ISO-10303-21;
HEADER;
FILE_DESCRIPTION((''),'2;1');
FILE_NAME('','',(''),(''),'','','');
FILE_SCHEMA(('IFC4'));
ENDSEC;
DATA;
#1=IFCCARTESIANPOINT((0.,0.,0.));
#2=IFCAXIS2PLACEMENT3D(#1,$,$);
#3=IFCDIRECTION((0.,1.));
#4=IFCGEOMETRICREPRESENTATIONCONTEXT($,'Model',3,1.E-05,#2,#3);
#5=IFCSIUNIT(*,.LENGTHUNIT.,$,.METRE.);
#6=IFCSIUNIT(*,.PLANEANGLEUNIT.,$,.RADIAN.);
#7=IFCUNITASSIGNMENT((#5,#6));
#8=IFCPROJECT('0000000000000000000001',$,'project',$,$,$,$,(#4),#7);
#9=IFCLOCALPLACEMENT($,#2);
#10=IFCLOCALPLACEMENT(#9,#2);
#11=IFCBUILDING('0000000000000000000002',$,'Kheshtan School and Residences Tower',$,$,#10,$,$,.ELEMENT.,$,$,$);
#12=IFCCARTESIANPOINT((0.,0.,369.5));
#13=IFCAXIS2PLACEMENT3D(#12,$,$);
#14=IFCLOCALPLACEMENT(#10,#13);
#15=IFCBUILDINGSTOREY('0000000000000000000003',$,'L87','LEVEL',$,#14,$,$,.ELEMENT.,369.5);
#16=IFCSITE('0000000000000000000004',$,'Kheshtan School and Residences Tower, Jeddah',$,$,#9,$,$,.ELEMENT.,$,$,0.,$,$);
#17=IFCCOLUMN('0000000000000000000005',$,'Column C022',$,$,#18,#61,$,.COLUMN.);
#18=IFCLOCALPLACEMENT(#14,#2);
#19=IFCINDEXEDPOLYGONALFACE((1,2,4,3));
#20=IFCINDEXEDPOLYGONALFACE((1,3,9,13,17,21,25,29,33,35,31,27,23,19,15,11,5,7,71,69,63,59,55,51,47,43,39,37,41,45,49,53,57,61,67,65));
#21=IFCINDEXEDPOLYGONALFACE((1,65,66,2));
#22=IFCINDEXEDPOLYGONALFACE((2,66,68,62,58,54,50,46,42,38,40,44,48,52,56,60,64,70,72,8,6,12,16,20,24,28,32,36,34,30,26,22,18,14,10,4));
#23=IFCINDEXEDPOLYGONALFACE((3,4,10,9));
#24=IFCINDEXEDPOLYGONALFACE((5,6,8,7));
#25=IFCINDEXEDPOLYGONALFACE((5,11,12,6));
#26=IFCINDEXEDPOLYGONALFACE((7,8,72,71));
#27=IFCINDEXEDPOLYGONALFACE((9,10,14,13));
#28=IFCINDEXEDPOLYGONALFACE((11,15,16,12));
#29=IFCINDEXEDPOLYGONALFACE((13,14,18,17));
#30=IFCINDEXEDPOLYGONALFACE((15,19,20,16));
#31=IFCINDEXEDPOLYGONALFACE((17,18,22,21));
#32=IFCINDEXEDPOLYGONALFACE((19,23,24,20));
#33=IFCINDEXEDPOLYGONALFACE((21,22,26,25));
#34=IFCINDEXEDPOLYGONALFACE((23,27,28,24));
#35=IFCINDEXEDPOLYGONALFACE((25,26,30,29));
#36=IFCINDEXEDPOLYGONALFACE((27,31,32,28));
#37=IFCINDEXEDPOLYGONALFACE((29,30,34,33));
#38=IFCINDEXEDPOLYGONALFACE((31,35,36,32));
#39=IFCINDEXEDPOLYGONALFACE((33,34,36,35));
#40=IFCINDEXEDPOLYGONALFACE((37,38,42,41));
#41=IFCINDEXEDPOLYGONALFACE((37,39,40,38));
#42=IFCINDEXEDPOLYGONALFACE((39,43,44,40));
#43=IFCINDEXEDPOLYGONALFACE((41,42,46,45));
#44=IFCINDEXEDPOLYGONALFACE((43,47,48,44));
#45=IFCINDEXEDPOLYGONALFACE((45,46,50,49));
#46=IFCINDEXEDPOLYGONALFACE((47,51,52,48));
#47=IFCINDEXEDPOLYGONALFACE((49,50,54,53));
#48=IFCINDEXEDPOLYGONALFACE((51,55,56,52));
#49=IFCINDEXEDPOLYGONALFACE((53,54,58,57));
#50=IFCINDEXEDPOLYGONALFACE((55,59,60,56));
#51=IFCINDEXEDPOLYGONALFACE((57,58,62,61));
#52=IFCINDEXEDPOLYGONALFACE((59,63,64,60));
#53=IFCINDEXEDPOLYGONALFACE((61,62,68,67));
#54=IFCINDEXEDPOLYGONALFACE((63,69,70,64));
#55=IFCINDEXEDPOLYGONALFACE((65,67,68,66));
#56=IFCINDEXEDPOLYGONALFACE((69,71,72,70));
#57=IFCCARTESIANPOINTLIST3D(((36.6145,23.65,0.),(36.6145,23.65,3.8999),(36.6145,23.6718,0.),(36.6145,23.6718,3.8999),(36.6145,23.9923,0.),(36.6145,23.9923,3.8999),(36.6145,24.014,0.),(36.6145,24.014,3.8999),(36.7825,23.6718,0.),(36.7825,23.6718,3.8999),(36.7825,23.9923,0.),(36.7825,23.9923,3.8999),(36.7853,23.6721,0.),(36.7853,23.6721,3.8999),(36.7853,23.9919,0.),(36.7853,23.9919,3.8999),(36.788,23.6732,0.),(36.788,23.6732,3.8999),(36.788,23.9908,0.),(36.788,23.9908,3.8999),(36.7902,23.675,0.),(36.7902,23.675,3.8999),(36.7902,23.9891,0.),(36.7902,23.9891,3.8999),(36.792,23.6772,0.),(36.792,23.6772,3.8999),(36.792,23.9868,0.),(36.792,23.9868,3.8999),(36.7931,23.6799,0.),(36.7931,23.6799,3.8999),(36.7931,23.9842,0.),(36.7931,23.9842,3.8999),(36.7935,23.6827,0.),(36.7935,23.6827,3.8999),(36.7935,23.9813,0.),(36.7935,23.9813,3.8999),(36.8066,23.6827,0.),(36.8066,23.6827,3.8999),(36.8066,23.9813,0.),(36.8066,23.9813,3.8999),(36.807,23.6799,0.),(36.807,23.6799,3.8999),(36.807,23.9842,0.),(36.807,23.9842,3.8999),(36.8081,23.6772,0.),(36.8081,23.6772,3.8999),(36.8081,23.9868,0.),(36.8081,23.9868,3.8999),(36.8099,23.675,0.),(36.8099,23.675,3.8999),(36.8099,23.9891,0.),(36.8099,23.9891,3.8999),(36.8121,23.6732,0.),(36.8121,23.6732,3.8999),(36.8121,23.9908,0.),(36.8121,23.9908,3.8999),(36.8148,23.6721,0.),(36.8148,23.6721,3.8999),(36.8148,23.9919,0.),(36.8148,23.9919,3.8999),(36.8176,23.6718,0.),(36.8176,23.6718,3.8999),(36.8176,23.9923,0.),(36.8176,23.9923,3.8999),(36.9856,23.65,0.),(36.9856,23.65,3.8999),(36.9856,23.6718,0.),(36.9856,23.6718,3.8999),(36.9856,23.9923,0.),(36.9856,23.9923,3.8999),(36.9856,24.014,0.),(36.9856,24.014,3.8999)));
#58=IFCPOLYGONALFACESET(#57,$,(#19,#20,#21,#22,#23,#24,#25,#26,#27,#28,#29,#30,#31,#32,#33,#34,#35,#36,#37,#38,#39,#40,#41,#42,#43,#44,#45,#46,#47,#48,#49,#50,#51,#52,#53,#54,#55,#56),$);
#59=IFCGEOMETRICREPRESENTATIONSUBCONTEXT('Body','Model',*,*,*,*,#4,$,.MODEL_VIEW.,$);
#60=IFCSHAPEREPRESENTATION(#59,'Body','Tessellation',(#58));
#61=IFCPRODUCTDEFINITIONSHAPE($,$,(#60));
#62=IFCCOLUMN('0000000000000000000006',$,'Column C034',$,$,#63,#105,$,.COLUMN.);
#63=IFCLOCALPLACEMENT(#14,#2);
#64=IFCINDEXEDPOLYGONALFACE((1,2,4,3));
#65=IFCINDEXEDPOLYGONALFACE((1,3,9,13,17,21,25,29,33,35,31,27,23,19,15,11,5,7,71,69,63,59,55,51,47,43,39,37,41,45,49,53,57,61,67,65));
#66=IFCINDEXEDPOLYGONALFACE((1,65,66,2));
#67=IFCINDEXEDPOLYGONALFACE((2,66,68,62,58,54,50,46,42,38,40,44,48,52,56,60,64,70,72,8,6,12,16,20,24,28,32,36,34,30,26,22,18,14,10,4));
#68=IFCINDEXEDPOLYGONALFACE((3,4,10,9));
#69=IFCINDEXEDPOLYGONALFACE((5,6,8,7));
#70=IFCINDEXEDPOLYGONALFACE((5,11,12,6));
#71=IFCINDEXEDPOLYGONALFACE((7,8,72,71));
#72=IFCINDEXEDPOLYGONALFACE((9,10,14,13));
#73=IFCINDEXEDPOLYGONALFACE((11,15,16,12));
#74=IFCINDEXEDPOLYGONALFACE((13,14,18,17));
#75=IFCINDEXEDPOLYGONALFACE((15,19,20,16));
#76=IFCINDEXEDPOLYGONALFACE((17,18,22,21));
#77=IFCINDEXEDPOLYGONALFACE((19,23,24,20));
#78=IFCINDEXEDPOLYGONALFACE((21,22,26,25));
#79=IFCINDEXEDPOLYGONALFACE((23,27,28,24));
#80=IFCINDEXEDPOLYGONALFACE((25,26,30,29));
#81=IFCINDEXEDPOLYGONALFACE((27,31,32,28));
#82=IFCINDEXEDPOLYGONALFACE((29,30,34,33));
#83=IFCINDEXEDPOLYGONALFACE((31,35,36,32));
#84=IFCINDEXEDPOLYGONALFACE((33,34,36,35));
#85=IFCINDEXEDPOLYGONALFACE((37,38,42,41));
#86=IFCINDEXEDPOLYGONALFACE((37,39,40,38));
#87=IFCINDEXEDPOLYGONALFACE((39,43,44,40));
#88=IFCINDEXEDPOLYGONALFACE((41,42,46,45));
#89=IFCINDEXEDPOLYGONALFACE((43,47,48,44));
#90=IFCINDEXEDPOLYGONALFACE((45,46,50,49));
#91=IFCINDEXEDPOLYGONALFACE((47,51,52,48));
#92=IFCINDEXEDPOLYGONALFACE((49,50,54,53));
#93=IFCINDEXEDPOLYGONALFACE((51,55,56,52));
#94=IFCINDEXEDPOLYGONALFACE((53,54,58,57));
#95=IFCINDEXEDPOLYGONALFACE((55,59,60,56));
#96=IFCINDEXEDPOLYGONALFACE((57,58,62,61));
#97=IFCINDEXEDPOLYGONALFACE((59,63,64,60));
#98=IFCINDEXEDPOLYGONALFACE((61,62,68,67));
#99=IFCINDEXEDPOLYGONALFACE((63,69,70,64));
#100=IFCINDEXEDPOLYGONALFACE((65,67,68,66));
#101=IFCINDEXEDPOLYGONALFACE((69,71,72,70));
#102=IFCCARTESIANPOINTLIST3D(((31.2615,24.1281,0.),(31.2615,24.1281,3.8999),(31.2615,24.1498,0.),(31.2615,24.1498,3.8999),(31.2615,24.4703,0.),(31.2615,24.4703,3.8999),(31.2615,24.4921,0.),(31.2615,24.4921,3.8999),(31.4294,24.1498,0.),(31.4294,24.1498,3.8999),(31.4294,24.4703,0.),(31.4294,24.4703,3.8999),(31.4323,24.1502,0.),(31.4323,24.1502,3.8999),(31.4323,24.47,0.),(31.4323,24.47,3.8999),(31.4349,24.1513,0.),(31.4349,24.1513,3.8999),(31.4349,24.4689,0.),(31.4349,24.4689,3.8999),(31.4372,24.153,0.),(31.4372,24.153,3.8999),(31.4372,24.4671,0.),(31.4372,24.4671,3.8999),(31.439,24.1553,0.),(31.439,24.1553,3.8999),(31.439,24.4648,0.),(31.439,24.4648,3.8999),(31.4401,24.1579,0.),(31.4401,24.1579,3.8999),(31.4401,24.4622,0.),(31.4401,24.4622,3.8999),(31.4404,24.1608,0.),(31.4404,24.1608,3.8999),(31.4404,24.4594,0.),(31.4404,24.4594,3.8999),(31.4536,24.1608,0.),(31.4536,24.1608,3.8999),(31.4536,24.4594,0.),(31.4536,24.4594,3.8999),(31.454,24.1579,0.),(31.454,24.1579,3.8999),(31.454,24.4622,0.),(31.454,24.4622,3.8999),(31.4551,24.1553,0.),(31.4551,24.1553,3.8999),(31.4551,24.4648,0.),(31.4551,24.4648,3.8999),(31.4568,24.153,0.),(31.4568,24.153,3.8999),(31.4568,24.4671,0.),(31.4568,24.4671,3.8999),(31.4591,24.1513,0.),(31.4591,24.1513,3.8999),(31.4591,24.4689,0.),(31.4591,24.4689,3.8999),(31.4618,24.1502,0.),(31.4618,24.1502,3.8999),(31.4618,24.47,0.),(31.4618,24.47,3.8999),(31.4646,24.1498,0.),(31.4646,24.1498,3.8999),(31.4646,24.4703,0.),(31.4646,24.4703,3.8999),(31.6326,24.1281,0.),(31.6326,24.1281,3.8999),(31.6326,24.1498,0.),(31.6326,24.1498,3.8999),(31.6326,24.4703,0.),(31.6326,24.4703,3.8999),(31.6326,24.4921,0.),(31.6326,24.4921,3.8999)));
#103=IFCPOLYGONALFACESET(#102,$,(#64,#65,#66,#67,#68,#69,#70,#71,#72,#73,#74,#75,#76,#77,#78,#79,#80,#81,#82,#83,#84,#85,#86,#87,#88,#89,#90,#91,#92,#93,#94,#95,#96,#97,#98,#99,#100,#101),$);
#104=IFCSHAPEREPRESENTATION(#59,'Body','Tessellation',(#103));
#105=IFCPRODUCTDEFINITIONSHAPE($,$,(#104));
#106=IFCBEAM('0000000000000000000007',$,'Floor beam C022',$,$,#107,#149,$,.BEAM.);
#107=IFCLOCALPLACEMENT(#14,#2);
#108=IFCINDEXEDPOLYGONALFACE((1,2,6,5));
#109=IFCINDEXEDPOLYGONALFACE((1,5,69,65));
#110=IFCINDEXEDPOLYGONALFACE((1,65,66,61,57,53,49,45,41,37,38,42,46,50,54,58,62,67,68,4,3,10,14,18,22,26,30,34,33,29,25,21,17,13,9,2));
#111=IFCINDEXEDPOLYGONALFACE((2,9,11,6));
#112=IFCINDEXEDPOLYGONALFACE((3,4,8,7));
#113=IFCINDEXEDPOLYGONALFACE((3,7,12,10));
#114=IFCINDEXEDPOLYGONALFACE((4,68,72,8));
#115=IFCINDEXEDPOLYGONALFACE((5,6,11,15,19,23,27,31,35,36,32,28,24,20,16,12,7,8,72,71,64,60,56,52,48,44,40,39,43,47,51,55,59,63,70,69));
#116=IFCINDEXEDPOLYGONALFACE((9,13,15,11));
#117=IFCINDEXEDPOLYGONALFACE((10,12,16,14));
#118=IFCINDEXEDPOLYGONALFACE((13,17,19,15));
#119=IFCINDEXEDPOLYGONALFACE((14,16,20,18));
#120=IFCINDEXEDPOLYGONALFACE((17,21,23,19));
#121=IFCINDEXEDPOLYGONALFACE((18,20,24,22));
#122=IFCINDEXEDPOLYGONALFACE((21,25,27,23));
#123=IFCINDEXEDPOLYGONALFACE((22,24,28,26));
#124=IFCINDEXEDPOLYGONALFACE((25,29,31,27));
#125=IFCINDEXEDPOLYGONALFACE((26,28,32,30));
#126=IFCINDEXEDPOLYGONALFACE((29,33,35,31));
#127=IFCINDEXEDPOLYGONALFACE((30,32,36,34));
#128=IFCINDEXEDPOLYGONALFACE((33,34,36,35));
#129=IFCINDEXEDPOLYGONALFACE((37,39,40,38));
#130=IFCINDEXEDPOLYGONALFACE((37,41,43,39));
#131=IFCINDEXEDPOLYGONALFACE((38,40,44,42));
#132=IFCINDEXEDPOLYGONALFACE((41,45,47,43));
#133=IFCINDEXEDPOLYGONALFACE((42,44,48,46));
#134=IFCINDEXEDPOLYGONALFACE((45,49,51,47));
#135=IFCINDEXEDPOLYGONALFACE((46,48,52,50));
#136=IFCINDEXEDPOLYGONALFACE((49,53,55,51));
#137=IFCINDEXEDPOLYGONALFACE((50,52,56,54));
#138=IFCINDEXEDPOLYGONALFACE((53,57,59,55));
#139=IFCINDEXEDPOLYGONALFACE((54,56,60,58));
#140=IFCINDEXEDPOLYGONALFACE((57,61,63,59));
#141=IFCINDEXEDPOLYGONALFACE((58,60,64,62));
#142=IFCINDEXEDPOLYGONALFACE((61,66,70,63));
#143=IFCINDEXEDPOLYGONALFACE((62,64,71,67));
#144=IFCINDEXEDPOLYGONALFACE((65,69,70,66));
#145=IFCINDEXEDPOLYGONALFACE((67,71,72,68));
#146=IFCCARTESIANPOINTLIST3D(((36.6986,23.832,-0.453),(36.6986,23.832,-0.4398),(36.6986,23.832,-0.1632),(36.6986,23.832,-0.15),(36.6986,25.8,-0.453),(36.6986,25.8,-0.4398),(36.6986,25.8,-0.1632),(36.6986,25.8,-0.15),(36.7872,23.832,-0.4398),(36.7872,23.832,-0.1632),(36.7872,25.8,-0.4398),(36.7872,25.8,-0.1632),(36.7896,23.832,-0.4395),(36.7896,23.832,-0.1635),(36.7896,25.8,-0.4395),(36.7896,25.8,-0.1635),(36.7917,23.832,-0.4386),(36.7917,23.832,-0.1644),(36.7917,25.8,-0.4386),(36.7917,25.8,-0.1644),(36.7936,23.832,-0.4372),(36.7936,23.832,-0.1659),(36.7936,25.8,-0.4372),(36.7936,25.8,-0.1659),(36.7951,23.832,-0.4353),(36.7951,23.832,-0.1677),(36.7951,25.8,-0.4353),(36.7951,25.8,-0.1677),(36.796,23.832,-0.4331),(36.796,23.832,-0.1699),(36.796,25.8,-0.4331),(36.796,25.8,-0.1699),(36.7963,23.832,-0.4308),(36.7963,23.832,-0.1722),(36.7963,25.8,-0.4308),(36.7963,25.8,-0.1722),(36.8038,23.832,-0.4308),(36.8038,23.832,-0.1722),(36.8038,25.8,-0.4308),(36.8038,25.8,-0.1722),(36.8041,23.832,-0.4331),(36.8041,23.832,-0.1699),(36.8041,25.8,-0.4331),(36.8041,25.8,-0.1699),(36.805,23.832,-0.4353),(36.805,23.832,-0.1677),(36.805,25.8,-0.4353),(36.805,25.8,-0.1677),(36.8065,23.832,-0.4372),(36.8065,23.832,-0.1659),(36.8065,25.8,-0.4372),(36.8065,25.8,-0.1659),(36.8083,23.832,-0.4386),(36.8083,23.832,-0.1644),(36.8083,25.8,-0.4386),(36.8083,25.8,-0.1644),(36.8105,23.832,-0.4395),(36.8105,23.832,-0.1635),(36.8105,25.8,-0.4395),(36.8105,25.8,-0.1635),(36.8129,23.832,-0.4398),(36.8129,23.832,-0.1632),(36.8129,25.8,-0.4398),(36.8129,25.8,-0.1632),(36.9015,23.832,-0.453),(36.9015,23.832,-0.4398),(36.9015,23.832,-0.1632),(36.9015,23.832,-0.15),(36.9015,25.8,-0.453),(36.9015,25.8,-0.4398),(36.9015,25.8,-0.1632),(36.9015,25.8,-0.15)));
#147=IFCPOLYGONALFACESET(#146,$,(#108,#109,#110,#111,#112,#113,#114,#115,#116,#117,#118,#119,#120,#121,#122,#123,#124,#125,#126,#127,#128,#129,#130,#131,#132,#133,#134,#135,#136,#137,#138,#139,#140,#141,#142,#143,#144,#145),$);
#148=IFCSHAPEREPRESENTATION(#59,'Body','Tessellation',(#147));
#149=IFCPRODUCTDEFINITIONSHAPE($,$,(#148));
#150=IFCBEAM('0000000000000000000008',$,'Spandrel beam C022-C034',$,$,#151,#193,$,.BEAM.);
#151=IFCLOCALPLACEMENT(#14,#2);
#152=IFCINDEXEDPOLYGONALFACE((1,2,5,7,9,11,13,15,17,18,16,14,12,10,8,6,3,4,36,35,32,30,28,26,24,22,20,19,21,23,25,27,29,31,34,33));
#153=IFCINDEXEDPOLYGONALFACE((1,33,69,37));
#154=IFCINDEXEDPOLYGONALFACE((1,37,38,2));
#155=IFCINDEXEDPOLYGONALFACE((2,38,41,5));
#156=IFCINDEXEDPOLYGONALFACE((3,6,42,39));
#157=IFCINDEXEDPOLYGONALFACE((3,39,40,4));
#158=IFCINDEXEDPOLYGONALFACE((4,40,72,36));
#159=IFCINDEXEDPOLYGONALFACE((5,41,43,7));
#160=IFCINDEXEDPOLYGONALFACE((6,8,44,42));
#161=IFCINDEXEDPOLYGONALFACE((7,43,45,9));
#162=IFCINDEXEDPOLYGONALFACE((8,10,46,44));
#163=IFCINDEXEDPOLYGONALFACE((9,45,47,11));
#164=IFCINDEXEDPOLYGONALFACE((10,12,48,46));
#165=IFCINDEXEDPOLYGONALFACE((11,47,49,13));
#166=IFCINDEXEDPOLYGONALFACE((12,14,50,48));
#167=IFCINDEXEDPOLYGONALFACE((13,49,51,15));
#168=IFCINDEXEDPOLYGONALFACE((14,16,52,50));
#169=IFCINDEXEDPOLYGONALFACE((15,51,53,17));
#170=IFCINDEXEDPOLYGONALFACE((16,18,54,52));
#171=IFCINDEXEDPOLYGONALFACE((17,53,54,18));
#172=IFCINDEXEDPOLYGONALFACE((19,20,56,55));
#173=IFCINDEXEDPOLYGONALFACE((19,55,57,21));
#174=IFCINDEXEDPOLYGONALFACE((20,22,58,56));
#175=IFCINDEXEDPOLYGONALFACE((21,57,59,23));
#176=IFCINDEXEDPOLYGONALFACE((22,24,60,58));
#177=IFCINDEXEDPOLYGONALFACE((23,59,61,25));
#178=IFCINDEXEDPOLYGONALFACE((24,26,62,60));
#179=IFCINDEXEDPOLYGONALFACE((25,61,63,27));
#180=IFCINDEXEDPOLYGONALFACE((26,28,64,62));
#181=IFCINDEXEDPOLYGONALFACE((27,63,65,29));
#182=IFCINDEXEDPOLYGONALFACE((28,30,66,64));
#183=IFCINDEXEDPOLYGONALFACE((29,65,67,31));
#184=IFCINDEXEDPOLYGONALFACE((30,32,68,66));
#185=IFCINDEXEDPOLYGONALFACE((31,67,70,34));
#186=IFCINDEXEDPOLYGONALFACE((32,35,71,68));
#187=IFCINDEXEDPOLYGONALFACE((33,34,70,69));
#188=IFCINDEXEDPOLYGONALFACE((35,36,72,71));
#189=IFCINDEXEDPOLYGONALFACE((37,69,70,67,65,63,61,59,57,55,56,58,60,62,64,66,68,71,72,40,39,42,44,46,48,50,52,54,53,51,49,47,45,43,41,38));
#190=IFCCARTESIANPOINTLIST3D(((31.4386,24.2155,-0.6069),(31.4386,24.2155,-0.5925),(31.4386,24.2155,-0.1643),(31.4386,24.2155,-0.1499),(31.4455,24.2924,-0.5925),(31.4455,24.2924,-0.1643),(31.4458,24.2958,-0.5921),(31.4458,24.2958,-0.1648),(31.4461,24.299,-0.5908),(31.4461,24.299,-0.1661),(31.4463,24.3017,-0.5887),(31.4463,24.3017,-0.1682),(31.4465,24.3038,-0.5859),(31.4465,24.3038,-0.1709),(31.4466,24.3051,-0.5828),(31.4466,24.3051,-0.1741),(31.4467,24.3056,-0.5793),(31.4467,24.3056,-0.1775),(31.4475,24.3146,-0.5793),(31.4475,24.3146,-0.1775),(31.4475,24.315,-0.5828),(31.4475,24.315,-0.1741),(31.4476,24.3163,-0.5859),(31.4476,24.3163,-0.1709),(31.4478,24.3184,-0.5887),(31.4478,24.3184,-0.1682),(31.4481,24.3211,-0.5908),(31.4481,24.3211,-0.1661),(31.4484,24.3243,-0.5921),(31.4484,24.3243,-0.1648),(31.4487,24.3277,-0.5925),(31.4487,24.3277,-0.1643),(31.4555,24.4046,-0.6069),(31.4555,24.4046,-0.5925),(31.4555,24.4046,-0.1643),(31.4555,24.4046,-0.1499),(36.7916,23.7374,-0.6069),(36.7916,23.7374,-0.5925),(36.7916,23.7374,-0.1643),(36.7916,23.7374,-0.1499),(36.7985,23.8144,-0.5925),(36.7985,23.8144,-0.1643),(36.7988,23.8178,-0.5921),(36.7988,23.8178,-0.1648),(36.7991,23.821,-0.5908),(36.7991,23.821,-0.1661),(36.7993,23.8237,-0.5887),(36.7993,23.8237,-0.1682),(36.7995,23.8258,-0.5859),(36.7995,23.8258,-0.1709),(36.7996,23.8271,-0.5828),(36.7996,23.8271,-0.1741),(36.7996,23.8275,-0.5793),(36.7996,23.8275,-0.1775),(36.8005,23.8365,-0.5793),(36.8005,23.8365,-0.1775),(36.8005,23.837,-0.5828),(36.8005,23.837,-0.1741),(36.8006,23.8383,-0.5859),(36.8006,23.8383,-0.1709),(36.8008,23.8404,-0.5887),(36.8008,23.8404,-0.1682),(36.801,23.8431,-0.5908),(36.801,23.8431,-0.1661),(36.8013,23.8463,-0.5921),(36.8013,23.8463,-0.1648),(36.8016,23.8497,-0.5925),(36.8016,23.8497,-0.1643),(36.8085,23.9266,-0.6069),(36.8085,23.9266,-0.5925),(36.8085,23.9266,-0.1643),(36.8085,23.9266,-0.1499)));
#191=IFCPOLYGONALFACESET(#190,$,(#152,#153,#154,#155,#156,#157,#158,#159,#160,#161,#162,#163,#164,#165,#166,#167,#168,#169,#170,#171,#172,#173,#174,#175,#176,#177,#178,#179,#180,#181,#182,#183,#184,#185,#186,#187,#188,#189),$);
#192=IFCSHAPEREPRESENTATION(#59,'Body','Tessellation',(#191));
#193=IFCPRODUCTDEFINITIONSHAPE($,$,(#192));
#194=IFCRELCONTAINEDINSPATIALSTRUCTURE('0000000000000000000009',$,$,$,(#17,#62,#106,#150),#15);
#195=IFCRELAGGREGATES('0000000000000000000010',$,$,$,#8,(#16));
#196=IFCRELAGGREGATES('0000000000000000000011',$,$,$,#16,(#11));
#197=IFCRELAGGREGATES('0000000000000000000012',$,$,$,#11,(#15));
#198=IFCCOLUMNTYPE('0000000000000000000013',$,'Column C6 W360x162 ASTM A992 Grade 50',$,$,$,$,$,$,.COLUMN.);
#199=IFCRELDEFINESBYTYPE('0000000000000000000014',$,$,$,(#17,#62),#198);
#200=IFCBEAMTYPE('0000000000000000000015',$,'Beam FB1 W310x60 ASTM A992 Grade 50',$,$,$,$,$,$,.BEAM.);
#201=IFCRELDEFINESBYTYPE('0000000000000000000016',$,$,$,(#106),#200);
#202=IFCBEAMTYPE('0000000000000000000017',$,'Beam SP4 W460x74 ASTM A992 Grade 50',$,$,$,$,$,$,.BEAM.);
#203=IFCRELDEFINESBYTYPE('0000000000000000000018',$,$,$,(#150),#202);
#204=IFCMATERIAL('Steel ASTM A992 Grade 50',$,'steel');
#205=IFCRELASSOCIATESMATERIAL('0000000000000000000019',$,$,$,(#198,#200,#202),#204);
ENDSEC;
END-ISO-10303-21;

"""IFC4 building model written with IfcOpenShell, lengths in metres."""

from ifc_helpers import new_model, si_unit, direction, frame, origin, origin_2d, place, context, subcontext, project, spatial, i_section, extrude, material, material_profile, profile_set, type_object, element, save


model = new_model("IFC4")

# Units and contexts
model_context = context("Model", 3, precision=1e-05, world=origin(), true_north=direction((0.0, 1.0)))
body_context = subcontext(model_context, "Body", "Model", "MODEL_VIEW")
ifc_project = project(units=[si_unit("LENGTHUNIT", "METRE"), si_unit("PLANEANGLEUNIT", "RADIAN")], contexts=[model_context])

# Site, building, storey
site_placement = place(None, origin())
site = spatial("IfcSite", under=ifc_project, at=site_placement, Name="Kheshtan School and Residences Tower, Jeddah", CompositionType="ELEMENT", RefElevation=0.0)
building_placement = place(site_placement, origin())
building = spatial("IfcBuilding", under=site, at=building_placement, Name="Kheshtan School and Residences Tower", CompositionType="ELEMENT")
storey_placement = place(building_placement, frame((0.0, 0.0, 369.5)))
storey = spatial("IfcBuildingStorey", under=building, at=storey_placement, Name="L87", Description="LEVEL", CompositionType="ELEMENT", Elevation=369.5)

# Columns
ifc_material_1 = material(Name="Steel ASTM A992 Grade 50", Category="steel")
ifc_material_profile_1 = material_profile(ifc_material_1, i_section(OverallWidth=0.3711, OverallDepth=0.364, WebThickness=0.0132, FlangeThickness=0.0217, FilletRadius=0.011, at=origin_2d()), Name="W360x162")
ifc_profile_set_1 = profile_set([ifc_material_profile_1], Name="Steel ASTM A992 Grade 50")
column_type = type_object("IfcColumnType", Name="Column C6 W360x162 ASTM A992 Grade 50", PredefinedType="COLUMN", material=ifc_profile_set_1)
for number, where, z_axis, x_axis, name in (
    (1, (36.8, 23.832, 0.0), (0.0, 0.0, 1.0), (1.0, 0.0, 0.0), "Column C022"),
    (2, (31.447, 24.3101, 0.0), (0.0, 0.0, 1.0), (1.0, 0.0, 0.0), "Column C034"),
):
    element("IfcColumn", number, at=place(storey_placement, frame(where, z_axis=z_axis, x_axis=x_axis)), inside=storey, type_object=column_type, Name=name, PredefinedType="COLUMN", context=body_context, shape_type="SweptSolid", body=[
        extrude(i_section(OverallWidth=0.3711, OverallDepth=0.364, WebThickness=0.0132, FlangeThickness=0.0217, FilletRadius=0.011, at=origin_2d()), origin(), (0.0, 0.0, 1.0), 3.8999),
    ])

# Beams
ifc_material_profile_2 = material_profile(ifc_material_1, i_section(OverallWidth=0.2029, OverallDepth=0.303, WebThickness=0.0076, FlangeThickness=0.0132, FilletRadius=0.009, at=origin_2d()), Name="W310x60")
ifc_profile_set_2 = profile_set([ifc_material_profile_2], Name="Steel ASTM A992 Grade 50")
beam_type_1 = type_object("IfcBeamType", Name="Beam FB1 W310x60 ASTM A992 Grade 50", PredefinedType="BEAM", material=ifc_profile_set_2)
beam_1_placement = place(storey_placement, frame((36.8, 23.832, -0.3015), z_axis=(0.0, 1.0, 0.0), x_axis=(-1.0, 0.0, 0.0)))
element("IfcBeam", 3, at=beam_1_placement, inside=storey, type_object=beam_type_1, Name="Floor beam C022", PredefinedType="BEAM", context=body_context, shape_type="SweptSolid", body=[
    extrude(i_section(OverallWidth=0.2029, OverallDepth=0.303, WebThickness=0.0076, FlangeThickness=0.0132, FilletRadius=0.009, at=origin_2d()), origin(), (0.0, 0.0, 1.0), 1.968),
])
ifc_material_profile_3 = material_profile(ifc_material_1, i_section(OverallWidth=0.1899, OverallDepth=0.457, WebThickness=0.009, FlangeThickness=0.0144, FilletRadius=0.0132, at=origin_2d()), Name="W460x74")
ifc_profile_set_3 = profile_set([ifc_material_profile_3], Name="Steel ASTM A992 Grade 50")
beam_type_2 = type_object("IfcBeamType", Name="Beam SP4 W460x74 ASTM A992 Grade 50", PredefinedType="BEAM", material=ifc_profile_set_3)
beam_2_placement = place(storey_placement, frame((36.8, 23.832, -0.3784), z_axis=(-0.996036, 0.088946, 0.0), x_axis=(-0.088946, -0.996036, 0.0)))
element("IfcBeam", 4, at=beam_2_placement, inside=storey, type_object=beam_type_2, Name="Spandrel beam C022-C034", PredefinedType="BEAM", context=body_context, shape_type="SweptSolid", body=[
    extrude(i_section(OverallWidth=0.1899, OverallDepth=0.457, WebThickness=0.009, FlangeThickness=0.0144, FilletRadius=0.0132, at=origin_2d()), origin(), (0.0, 0.0, 1.0), 5.3743),
])

save(model, "model.ifc")
